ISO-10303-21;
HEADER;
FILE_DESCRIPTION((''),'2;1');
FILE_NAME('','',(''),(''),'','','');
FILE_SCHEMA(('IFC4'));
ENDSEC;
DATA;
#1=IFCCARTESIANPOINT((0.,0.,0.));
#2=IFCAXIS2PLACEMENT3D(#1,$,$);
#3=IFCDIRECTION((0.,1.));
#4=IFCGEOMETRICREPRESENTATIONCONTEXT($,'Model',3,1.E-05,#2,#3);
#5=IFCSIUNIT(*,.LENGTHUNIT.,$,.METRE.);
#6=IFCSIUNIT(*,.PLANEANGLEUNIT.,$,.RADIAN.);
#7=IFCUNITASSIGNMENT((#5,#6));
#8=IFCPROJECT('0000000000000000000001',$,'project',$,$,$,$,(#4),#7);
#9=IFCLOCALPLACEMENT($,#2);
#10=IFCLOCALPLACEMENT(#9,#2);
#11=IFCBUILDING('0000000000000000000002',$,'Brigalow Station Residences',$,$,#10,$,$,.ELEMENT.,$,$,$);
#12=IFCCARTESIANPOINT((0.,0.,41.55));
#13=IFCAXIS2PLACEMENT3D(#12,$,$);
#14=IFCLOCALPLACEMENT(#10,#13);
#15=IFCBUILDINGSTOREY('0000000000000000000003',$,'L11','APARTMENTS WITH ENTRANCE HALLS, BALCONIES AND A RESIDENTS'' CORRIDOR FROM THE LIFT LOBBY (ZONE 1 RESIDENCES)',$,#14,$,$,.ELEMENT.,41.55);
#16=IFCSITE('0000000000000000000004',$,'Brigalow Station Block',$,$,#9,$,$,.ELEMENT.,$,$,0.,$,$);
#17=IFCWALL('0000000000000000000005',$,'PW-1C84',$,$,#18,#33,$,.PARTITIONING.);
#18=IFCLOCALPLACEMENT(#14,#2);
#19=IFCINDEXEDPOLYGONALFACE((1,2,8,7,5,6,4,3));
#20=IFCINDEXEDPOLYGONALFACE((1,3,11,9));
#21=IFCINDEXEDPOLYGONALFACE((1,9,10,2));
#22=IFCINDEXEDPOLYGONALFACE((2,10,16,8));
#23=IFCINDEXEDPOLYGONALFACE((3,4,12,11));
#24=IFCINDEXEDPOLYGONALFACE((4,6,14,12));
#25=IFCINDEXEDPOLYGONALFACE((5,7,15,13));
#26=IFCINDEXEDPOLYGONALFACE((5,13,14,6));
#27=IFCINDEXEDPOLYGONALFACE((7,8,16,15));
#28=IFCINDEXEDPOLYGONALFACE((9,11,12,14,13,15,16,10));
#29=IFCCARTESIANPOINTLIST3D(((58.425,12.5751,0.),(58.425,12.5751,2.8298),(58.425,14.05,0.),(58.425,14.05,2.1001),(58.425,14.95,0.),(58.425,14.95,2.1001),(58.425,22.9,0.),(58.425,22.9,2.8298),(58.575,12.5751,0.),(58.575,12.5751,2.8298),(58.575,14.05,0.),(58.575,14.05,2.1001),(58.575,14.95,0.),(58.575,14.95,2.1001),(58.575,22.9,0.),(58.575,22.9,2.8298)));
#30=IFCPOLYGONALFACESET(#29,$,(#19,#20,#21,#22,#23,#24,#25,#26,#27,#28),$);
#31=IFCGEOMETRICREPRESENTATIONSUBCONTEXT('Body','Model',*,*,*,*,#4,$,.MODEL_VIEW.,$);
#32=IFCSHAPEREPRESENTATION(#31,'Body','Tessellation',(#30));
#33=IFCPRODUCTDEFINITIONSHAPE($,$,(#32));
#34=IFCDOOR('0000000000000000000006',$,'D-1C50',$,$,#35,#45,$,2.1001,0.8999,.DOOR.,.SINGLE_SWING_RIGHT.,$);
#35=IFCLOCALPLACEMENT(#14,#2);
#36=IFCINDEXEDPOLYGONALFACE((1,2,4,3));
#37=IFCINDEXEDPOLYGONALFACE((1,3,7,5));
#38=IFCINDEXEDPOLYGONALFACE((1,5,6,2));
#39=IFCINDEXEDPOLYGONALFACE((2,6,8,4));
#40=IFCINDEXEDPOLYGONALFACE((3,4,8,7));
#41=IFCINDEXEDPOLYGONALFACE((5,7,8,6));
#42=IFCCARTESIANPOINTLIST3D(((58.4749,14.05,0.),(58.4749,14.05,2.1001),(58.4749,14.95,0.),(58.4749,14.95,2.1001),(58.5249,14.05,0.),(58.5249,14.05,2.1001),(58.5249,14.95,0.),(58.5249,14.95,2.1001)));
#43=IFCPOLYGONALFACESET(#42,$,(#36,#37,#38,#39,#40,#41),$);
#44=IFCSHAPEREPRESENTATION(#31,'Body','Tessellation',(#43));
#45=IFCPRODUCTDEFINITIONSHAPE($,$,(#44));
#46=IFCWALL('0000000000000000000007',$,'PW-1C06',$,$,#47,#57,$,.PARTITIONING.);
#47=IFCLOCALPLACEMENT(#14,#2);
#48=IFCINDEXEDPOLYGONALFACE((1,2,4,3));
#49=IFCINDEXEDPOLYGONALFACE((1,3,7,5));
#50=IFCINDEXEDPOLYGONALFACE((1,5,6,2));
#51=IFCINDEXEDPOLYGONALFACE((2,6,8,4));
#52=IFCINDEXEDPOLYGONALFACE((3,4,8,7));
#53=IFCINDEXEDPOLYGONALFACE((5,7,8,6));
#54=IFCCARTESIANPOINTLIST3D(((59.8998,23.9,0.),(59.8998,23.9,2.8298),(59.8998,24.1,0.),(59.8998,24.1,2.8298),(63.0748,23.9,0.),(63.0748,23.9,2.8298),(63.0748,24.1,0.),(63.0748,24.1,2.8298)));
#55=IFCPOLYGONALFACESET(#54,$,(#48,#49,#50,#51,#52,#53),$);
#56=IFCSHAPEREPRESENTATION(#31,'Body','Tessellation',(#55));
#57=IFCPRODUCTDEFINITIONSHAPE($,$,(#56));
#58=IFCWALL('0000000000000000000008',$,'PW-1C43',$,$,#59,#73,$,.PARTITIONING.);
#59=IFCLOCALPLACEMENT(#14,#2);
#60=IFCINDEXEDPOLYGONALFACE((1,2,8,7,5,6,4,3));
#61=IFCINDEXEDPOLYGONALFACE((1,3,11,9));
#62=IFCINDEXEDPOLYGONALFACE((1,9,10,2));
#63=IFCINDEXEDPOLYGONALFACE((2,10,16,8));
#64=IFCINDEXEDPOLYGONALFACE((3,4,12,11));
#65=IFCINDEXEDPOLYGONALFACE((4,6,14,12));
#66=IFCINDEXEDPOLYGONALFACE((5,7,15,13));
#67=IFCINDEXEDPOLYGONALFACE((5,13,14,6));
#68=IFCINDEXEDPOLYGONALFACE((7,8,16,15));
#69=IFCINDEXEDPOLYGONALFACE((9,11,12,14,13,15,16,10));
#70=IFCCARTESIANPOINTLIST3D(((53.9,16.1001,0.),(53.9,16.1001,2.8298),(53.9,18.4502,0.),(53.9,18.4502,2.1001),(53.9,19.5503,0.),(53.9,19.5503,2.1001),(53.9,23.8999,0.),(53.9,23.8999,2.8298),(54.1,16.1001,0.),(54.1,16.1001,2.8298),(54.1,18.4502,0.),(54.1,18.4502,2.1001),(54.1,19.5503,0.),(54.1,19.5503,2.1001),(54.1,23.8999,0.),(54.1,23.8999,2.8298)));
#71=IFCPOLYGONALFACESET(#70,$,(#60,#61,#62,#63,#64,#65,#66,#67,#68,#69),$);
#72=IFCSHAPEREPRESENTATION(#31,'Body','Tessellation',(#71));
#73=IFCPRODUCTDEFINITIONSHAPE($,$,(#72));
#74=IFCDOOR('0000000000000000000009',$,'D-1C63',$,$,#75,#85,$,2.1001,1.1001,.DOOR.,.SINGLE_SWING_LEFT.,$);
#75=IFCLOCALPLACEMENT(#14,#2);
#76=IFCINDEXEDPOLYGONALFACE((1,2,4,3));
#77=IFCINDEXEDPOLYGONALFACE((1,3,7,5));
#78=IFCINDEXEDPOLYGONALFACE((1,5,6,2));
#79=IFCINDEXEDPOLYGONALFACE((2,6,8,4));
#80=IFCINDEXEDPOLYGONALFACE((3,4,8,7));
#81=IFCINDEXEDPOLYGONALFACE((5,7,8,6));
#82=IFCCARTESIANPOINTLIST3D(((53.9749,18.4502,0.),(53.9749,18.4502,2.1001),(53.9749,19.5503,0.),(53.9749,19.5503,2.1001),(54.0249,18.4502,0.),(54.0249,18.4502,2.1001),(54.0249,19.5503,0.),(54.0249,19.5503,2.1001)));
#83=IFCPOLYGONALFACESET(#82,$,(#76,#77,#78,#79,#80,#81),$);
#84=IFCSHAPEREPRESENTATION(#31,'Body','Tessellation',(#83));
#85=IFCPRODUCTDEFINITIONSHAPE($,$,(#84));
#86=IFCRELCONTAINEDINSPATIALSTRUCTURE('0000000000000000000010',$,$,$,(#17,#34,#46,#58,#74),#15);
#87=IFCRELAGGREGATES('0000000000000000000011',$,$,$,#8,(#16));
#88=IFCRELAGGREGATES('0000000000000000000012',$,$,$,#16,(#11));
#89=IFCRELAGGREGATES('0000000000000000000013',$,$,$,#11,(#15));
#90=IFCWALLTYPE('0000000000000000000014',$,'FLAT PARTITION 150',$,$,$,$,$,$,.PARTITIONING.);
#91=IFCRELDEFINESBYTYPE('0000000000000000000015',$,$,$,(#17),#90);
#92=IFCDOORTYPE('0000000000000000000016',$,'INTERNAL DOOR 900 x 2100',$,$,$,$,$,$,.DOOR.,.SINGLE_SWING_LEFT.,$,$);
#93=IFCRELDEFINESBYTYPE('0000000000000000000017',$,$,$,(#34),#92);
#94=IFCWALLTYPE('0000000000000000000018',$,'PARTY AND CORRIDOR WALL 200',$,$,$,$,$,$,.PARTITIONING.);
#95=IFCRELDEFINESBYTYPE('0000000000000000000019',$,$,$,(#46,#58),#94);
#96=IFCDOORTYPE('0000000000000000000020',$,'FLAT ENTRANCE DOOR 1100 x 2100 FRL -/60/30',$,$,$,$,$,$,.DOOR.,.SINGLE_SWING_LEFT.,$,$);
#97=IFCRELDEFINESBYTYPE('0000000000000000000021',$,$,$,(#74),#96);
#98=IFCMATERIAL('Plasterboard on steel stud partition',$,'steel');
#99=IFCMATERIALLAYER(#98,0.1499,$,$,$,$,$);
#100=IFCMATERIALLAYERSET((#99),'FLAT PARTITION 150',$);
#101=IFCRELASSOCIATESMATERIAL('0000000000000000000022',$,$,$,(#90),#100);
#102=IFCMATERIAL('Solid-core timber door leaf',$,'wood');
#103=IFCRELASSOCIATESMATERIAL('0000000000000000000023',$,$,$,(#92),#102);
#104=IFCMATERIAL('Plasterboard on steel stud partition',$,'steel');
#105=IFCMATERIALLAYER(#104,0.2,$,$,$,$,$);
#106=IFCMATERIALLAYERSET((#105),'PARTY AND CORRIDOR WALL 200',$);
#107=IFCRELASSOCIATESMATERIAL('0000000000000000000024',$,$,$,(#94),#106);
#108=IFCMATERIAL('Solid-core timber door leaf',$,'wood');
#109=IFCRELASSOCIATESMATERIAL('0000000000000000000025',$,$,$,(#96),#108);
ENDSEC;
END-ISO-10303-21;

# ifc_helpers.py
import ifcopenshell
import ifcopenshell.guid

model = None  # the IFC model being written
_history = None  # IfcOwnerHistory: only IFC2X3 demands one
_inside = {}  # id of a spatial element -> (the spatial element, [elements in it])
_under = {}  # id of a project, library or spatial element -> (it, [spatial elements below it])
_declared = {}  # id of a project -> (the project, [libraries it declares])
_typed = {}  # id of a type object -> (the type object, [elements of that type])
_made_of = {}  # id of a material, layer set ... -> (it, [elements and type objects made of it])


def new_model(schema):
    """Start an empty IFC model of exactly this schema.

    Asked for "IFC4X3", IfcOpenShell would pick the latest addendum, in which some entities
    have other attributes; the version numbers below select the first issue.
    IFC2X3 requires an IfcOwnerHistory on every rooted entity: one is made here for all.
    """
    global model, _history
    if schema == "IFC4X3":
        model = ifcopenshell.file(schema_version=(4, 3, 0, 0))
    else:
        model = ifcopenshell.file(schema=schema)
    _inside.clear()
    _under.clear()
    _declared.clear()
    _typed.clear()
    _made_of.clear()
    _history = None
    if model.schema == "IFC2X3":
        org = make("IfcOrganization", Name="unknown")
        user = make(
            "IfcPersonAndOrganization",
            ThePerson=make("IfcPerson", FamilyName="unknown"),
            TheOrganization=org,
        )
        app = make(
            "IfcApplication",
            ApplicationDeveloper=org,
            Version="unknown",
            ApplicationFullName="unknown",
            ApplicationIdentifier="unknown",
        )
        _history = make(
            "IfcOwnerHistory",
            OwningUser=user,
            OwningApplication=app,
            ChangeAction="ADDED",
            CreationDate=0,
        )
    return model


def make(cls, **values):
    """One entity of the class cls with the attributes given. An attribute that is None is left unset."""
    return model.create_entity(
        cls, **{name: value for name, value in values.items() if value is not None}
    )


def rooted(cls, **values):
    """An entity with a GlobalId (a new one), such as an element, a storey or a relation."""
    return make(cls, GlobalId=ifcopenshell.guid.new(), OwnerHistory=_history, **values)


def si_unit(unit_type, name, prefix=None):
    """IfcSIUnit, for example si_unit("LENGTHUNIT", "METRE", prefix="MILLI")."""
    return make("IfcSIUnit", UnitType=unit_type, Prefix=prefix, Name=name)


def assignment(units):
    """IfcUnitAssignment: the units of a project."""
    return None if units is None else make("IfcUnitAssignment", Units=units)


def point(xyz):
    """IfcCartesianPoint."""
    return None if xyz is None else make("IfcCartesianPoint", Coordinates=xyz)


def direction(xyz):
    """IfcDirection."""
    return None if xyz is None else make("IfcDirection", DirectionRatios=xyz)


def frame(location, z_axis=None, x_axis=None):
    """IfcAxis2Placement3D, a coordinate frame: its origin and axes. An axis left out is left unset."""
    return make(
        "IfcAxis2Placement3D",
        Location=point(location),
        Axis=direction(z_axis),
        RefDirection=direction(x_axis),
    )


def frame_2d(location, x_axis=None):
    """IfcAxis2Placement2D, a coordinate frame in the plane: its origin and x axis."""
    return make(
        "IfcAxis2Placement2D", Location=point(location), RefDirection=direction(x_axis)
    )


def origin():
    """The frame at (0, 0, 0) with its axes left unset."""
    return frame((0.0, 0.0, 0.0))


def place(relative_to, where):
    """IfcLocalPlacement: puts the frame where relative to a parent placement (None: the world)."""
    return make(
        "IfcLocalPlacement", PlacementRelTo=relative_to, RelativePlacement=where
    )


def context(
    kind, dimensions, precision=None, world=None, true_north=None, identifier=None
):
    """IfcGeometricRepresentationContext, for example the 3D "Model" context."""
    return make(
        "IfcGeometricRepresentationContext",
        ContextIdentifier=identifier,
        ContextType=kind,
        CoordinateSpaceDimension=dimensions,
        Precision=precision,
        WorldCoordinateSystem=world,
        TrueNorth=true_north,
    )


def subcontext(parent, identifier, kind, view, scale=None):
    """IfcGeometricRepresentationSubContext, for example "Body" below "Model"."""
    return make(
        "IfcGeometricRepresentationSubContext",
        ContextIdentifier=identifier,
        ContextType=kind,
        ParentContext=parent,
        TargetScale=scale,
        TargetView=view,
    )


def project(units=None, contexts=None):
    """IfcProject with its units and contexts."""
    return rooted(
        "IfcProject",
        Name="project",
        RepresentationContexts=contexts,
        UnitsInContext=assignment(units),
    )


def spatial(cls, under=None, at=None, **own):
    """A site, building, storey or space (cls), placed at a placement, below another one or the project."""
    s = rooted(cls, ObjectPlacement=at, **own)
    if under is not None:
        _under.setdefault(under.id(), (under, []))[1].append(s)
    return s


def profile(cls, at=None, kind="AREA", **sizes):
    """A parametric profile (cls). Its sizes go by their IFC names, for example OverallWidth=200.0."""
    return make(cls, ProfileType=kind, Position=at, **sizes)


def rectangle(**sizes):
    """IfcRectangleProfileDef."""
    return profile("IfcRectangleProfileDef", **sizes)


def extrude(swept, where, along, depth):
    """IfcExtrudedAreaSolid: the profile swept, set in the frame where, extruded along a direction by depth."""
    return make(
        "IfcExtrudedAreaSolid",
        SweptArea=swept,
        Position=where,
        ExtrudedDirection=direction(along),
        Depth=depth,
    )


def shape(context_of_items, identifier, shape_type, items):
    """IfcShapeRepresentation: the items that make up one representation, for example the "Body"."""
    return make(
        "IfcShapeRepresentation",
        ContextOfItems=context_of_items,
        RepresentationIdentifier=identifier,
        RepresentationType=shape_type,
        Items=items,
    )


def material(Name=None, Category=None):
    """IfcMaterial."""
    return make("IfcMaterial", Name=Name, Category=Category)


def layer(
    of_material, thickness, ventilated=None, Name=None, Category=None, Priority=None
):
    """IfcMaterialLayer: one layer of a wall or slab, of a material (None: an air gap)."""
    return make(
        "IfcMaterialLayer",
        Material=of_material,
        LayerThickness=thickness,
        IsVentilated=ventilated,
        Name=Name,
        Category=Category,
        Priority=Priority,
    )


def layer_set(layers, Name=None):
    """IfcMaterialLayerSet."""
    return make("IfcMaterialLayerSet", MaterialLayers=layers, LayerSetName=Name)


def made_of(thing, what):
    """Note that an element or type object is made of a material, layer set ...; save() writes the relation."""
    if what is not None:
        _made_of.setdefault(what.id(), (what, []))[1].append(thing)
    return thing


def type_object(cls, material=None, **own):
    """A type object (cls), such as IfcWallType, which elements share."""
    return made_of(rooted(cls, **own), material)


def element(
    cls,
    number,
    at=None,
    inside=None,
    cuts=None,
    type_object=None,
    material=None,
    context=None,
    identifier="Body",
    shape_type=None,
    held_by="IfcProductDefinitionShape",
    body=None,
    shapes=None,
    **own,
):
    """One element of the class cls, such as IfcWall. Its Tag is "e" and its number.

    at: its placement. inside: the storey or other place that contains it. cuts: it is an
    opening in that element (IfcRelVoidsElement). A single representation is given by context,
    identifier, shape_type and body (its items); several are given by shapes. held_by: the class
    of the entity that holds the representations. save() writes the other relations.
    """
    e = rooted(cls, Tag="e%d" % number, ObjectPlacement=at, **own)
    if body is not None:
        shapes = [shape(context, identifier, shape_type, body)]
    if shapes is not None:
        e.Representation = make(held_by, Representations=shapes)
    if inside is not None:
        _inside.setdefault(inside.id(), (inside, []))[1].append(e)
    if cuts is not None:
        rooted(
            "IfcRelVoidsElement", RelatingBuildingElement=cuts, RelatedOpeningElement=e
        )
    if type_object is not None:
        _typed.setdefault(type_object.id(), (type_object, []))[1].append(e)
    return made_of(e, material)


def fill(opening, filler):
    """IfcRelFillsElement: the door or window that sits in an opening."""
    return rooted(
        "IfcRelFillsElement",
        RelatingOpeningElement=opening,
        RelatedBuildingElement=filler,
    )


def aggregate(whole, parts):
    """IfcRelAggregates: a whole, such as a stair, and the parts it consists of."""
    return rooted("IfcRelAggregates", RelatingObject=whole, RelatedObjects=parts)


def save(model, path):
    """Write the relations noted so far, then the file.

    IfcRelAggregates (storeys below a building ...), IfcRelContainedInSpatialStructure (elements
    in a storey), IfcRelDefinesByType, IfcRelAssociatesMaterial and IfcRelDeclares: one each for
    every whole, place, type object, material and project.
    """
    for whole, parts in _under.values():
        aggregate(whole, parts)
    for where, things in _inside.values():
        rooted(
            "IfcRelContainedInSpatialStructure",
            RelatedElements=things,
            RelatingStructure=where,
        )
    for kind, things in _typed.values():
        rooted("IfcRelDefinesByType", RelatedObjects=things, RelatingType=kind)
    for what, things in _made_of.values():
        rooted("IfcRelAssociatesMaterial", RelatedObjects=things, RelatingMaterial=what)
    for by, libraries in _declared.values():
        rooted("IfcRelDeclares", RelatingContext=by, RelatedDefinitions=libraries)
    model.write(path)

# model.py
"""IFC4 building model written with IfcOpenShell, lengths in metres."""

from ifc_helpers import new_model, si_unit, direction, frame, frame_2d, origin, place, context, subcontext, project, spatial, rectangle, extrude, material, layer, layer_set, type_object, element, fill, save


model = new_model("IFC4")

# Units and contexts
model_context = context("Model", 3, precision=1e-05, world=origin(), true_north=direction((0.0, 1.0)))
body_context = subcontext(model_context, "Body", "Model", "MODEL_VIEW")
ifc_project = project(units=[si_unit("LENGTHUNIT", "METRE"), si_unit("PLANEANGLEUNIT", "RADIAN")], contexts=[model_context])

# Site, building, storey
site_placement = place(None, origin())
site = spatial("IfcSite", under=ifc_project, at=site_placement, Name="Brigalow Station Block", CompositionType="ELEMENT", RefElevation=0.0)
building_placement = place(site_placement, origin())
building = spatial("IfcBuilding", under=site, at=building_placement, Name="Brigalow Station Residences", CompositionType="ELEMENT")
storey_placement = place(building_placement, frame((0.0, 0.0, 41.55)))
storey = spatial("IfcBuildingStorey", under=building, at=storey_placement, Name="L11", Description="APARTMENTS WITH ENTRANCE HALLS, BALCONIES AND A RESIDENTS' CORRIDOR FROM THE LIFT LOBBY (ZONE 1 RESIDENCES)", CompositionType="ELEMENT", Elevation=41.55)

# Shared definitions
ifc_material_1 = material(Name="Plasterboard on steel stud partition", Category="steel")
ifc_layer_1 = layer(ifc_material_1, 0.1499)
ifc_layer_set_1 = layer_set([ifc_layer_1], Name="FLAT PARTITION 150")
wall_type_1 = type_object("IfcWallType", Name="FLAT PARTITION 150", PredefinedType="PARTITIONING", material=ifc_layer_set_1)

# Wall, opening, door
ifc_material_2 = material(Name="Solid-core timber door leaf", Category="wood")
door_type_1 = type_object("IfcDoorType", Name="INTERNAL DOOR 900 x 2100", OperationType="SINGLE_SWING_LEFT", PredefinedType="DOOR", material=ifc_material_2)
wall_1_placement = place(storey_placement, frame((58.5, 12.575, 0.0), z_axis=(0.0, 0.0, 1.0), x_axis=(0.0, 1.0, 0.0)))
wall_1 = element("IfcWall", 1, at=wall_1_placement, inside=storey, type_object=wall_type_1, Name="PW-1C84", PredefinedType="PARTITIONING", context=body_context, shape_type="SweptSolid", body=[
    extrude(rectangle(XDim=10.325, YDim=0.1499, at=frame_2d((5.1626, 0.0))), origin(), (0.0, 0.0, 1.0), 2.8298),
])
opening_1_placement = place(wall_1_placement, frame((1.4751, 0.0, 0.0)))
opening_1 = element("IfcOpeningElement", 2, at=opening_1_placement, cuts=wall_1, PredefinedType="OPENING", context=body_context, shape_type="SweptSolid", body=[
    extrude(rectangle(XDim=0.8999, YDim=2.1001, at=frame_2d((0.45, 1.05))), frame((0.0, 0.085, 0.0), z_axis=(0.0, -1.0, 0.0), x_axis=(1.0, 0.0, 0.0)), (0.0, 0.0, 1.0), 0.1699),
])
door_1_placement = place(opening_1_placement, frame((0.8999, 0.0, 0.0), z_axis=(0.0, 0.0, 1.0), x_axis=(-1.0, 0.0, 0.0)))
door_1 = element("IfcDoor", 3, at=door_1_placement, inside=storey, type_object=door_type_1, Name="D-1C50", OperationType="SINGLE_SWING_RIGHT", OverallHeight=2.1001, OverallWidth=0.8999, PredefinedType="DOOR", context=body_context, shape_type="SweptSolid", body=[
    extrude(rectangle(XDim=0.8999, YDim=2.1001, at=frame_2d((0.45, 1.05))), frame((0.0, 0.0249, 0.0), z_axis=(0.0, -1.0, 0.0), x_axis=(1.0, 0.0, 0.0)), (0.0, 0.0, 1.0), 0.05),
])
fill(opening_1, door_1)

# Wall
ifc_material_3 = material(Name="Plasterboard on steel stud partition", Category="steel")
ifc_layer_2 = layer(ifc_material_3, 0.2)
ifc_layer_set_2 = layer_set([ifc_layer_2], Name="PARTY AND CORRIDOR WALL 200")
wall_type_2 = type_object("IfcWallType", Name="PARTY AND CORRIDOR WALL 200", PredefinedType="PARTITIONING", material=ifc_layer_set_2)
wall_2_placement = place(storey_placement, frame((59.8999, 24.0, 0.0), z_axis=(0.0, 0.0, 1.0), x_axis=(1.0, 0.0, 0.0)))
element("IfcWall", 4, at=wall_2_placement, inside=storey, type_object=wall_type_2, Name="PW-1C06", PredefinedType="PARTITIONING", context=body_context, shape_type="SweptSolid", body=[
    extrude(rectangle(XDim=3.175, YDim=0.2, at=frame_2d((1.5874, 0.0))), origin(), (0.0, 0.0, 1.0), 2.8298),
])

# Wall, opening, door
wall_3_placement = place(storey_placement, frame((54.0, 16.1001, 0.0), z_axis=(0.0, 0.0, 1.0), x_axis=(0.0, 1.0, 0.0)))
wall_3 = element("IfcWall", 5, at=wall_3_placement, inside=storey, type_object=wall_type_2, Name="PW-1C43", PredefinedType="PARTITIONING", context=body_context, shape_type="SweptSolid", body=[
    extrude(rectangle(XDim=7.7998, YDim=0.2, at=frame_2d((3.8999, 0.0))), origin(), (0.0, 0.0, 1.0), 2.8298),
])
opening_2_placement = place(wall_3_placement, frame((2.3501, 0.0, 0.0)))
opening_2 = element("IfcOpeningElement", 6, at=opening_2_placement, cuts=wall_3, PredefinedType="OPENING", context=body_context, shape_type="SweptSolid", body=[
    extrude(rectangle(XDim=1.1001, YDim=2.1001, at=frame_2d((0.55, 1.05))), frame((0.0, 0.1099, 0.0), z_axis=(0.0, -1.0, 0.0), x_axis=(1.0, 0.0, 0.0)), (0.0, 0.0, 1.0), 0.22),
])
ifc_material_4 = material(Name="Solid-core timber door leaf", Category="wood")
door_type_2 = type_object("IfcDoorType", Name="FLAT ENTRANCE DOOR 1100 x 2100 FRL -/60/30", OperationType="SINGLE_SWING_LEFT", PredefinedType="DOOR", material=ifc_material_4)
door_2_placement = place(opening_2_placement, frame((1.1001, 0.0, 0.0), z_axis=(0.0, 0.0, 1.0), x_axis=(-1.0, 0.0, 0.0)))
door_2 = element("IfcDoor", 7, at=door_2_placement, inside=storey, type_object=door_type_2, Name="D-1C63", OperationType="SINGLE_SWING_LEFT", OverallHeight=2.1001, OverallWidth=1.1001, PredefinedType="DOOR", context=body_context, shape_type="SweptSolid", body=[
    extrude(rectangle(XDim=1.1001, YDim=2.1001, at=frame_2d((0.55, 1.05))), frame((0.0, 0.0249, 0.0), z_axis=(0.0, -1.0, 0.0), x_axis=(1.0, 0.0, 0.0)), (0.0, 0.0, 1.0), 0.05),
])
fill(opening_2, door_2)

save(model, "model.ifc")
